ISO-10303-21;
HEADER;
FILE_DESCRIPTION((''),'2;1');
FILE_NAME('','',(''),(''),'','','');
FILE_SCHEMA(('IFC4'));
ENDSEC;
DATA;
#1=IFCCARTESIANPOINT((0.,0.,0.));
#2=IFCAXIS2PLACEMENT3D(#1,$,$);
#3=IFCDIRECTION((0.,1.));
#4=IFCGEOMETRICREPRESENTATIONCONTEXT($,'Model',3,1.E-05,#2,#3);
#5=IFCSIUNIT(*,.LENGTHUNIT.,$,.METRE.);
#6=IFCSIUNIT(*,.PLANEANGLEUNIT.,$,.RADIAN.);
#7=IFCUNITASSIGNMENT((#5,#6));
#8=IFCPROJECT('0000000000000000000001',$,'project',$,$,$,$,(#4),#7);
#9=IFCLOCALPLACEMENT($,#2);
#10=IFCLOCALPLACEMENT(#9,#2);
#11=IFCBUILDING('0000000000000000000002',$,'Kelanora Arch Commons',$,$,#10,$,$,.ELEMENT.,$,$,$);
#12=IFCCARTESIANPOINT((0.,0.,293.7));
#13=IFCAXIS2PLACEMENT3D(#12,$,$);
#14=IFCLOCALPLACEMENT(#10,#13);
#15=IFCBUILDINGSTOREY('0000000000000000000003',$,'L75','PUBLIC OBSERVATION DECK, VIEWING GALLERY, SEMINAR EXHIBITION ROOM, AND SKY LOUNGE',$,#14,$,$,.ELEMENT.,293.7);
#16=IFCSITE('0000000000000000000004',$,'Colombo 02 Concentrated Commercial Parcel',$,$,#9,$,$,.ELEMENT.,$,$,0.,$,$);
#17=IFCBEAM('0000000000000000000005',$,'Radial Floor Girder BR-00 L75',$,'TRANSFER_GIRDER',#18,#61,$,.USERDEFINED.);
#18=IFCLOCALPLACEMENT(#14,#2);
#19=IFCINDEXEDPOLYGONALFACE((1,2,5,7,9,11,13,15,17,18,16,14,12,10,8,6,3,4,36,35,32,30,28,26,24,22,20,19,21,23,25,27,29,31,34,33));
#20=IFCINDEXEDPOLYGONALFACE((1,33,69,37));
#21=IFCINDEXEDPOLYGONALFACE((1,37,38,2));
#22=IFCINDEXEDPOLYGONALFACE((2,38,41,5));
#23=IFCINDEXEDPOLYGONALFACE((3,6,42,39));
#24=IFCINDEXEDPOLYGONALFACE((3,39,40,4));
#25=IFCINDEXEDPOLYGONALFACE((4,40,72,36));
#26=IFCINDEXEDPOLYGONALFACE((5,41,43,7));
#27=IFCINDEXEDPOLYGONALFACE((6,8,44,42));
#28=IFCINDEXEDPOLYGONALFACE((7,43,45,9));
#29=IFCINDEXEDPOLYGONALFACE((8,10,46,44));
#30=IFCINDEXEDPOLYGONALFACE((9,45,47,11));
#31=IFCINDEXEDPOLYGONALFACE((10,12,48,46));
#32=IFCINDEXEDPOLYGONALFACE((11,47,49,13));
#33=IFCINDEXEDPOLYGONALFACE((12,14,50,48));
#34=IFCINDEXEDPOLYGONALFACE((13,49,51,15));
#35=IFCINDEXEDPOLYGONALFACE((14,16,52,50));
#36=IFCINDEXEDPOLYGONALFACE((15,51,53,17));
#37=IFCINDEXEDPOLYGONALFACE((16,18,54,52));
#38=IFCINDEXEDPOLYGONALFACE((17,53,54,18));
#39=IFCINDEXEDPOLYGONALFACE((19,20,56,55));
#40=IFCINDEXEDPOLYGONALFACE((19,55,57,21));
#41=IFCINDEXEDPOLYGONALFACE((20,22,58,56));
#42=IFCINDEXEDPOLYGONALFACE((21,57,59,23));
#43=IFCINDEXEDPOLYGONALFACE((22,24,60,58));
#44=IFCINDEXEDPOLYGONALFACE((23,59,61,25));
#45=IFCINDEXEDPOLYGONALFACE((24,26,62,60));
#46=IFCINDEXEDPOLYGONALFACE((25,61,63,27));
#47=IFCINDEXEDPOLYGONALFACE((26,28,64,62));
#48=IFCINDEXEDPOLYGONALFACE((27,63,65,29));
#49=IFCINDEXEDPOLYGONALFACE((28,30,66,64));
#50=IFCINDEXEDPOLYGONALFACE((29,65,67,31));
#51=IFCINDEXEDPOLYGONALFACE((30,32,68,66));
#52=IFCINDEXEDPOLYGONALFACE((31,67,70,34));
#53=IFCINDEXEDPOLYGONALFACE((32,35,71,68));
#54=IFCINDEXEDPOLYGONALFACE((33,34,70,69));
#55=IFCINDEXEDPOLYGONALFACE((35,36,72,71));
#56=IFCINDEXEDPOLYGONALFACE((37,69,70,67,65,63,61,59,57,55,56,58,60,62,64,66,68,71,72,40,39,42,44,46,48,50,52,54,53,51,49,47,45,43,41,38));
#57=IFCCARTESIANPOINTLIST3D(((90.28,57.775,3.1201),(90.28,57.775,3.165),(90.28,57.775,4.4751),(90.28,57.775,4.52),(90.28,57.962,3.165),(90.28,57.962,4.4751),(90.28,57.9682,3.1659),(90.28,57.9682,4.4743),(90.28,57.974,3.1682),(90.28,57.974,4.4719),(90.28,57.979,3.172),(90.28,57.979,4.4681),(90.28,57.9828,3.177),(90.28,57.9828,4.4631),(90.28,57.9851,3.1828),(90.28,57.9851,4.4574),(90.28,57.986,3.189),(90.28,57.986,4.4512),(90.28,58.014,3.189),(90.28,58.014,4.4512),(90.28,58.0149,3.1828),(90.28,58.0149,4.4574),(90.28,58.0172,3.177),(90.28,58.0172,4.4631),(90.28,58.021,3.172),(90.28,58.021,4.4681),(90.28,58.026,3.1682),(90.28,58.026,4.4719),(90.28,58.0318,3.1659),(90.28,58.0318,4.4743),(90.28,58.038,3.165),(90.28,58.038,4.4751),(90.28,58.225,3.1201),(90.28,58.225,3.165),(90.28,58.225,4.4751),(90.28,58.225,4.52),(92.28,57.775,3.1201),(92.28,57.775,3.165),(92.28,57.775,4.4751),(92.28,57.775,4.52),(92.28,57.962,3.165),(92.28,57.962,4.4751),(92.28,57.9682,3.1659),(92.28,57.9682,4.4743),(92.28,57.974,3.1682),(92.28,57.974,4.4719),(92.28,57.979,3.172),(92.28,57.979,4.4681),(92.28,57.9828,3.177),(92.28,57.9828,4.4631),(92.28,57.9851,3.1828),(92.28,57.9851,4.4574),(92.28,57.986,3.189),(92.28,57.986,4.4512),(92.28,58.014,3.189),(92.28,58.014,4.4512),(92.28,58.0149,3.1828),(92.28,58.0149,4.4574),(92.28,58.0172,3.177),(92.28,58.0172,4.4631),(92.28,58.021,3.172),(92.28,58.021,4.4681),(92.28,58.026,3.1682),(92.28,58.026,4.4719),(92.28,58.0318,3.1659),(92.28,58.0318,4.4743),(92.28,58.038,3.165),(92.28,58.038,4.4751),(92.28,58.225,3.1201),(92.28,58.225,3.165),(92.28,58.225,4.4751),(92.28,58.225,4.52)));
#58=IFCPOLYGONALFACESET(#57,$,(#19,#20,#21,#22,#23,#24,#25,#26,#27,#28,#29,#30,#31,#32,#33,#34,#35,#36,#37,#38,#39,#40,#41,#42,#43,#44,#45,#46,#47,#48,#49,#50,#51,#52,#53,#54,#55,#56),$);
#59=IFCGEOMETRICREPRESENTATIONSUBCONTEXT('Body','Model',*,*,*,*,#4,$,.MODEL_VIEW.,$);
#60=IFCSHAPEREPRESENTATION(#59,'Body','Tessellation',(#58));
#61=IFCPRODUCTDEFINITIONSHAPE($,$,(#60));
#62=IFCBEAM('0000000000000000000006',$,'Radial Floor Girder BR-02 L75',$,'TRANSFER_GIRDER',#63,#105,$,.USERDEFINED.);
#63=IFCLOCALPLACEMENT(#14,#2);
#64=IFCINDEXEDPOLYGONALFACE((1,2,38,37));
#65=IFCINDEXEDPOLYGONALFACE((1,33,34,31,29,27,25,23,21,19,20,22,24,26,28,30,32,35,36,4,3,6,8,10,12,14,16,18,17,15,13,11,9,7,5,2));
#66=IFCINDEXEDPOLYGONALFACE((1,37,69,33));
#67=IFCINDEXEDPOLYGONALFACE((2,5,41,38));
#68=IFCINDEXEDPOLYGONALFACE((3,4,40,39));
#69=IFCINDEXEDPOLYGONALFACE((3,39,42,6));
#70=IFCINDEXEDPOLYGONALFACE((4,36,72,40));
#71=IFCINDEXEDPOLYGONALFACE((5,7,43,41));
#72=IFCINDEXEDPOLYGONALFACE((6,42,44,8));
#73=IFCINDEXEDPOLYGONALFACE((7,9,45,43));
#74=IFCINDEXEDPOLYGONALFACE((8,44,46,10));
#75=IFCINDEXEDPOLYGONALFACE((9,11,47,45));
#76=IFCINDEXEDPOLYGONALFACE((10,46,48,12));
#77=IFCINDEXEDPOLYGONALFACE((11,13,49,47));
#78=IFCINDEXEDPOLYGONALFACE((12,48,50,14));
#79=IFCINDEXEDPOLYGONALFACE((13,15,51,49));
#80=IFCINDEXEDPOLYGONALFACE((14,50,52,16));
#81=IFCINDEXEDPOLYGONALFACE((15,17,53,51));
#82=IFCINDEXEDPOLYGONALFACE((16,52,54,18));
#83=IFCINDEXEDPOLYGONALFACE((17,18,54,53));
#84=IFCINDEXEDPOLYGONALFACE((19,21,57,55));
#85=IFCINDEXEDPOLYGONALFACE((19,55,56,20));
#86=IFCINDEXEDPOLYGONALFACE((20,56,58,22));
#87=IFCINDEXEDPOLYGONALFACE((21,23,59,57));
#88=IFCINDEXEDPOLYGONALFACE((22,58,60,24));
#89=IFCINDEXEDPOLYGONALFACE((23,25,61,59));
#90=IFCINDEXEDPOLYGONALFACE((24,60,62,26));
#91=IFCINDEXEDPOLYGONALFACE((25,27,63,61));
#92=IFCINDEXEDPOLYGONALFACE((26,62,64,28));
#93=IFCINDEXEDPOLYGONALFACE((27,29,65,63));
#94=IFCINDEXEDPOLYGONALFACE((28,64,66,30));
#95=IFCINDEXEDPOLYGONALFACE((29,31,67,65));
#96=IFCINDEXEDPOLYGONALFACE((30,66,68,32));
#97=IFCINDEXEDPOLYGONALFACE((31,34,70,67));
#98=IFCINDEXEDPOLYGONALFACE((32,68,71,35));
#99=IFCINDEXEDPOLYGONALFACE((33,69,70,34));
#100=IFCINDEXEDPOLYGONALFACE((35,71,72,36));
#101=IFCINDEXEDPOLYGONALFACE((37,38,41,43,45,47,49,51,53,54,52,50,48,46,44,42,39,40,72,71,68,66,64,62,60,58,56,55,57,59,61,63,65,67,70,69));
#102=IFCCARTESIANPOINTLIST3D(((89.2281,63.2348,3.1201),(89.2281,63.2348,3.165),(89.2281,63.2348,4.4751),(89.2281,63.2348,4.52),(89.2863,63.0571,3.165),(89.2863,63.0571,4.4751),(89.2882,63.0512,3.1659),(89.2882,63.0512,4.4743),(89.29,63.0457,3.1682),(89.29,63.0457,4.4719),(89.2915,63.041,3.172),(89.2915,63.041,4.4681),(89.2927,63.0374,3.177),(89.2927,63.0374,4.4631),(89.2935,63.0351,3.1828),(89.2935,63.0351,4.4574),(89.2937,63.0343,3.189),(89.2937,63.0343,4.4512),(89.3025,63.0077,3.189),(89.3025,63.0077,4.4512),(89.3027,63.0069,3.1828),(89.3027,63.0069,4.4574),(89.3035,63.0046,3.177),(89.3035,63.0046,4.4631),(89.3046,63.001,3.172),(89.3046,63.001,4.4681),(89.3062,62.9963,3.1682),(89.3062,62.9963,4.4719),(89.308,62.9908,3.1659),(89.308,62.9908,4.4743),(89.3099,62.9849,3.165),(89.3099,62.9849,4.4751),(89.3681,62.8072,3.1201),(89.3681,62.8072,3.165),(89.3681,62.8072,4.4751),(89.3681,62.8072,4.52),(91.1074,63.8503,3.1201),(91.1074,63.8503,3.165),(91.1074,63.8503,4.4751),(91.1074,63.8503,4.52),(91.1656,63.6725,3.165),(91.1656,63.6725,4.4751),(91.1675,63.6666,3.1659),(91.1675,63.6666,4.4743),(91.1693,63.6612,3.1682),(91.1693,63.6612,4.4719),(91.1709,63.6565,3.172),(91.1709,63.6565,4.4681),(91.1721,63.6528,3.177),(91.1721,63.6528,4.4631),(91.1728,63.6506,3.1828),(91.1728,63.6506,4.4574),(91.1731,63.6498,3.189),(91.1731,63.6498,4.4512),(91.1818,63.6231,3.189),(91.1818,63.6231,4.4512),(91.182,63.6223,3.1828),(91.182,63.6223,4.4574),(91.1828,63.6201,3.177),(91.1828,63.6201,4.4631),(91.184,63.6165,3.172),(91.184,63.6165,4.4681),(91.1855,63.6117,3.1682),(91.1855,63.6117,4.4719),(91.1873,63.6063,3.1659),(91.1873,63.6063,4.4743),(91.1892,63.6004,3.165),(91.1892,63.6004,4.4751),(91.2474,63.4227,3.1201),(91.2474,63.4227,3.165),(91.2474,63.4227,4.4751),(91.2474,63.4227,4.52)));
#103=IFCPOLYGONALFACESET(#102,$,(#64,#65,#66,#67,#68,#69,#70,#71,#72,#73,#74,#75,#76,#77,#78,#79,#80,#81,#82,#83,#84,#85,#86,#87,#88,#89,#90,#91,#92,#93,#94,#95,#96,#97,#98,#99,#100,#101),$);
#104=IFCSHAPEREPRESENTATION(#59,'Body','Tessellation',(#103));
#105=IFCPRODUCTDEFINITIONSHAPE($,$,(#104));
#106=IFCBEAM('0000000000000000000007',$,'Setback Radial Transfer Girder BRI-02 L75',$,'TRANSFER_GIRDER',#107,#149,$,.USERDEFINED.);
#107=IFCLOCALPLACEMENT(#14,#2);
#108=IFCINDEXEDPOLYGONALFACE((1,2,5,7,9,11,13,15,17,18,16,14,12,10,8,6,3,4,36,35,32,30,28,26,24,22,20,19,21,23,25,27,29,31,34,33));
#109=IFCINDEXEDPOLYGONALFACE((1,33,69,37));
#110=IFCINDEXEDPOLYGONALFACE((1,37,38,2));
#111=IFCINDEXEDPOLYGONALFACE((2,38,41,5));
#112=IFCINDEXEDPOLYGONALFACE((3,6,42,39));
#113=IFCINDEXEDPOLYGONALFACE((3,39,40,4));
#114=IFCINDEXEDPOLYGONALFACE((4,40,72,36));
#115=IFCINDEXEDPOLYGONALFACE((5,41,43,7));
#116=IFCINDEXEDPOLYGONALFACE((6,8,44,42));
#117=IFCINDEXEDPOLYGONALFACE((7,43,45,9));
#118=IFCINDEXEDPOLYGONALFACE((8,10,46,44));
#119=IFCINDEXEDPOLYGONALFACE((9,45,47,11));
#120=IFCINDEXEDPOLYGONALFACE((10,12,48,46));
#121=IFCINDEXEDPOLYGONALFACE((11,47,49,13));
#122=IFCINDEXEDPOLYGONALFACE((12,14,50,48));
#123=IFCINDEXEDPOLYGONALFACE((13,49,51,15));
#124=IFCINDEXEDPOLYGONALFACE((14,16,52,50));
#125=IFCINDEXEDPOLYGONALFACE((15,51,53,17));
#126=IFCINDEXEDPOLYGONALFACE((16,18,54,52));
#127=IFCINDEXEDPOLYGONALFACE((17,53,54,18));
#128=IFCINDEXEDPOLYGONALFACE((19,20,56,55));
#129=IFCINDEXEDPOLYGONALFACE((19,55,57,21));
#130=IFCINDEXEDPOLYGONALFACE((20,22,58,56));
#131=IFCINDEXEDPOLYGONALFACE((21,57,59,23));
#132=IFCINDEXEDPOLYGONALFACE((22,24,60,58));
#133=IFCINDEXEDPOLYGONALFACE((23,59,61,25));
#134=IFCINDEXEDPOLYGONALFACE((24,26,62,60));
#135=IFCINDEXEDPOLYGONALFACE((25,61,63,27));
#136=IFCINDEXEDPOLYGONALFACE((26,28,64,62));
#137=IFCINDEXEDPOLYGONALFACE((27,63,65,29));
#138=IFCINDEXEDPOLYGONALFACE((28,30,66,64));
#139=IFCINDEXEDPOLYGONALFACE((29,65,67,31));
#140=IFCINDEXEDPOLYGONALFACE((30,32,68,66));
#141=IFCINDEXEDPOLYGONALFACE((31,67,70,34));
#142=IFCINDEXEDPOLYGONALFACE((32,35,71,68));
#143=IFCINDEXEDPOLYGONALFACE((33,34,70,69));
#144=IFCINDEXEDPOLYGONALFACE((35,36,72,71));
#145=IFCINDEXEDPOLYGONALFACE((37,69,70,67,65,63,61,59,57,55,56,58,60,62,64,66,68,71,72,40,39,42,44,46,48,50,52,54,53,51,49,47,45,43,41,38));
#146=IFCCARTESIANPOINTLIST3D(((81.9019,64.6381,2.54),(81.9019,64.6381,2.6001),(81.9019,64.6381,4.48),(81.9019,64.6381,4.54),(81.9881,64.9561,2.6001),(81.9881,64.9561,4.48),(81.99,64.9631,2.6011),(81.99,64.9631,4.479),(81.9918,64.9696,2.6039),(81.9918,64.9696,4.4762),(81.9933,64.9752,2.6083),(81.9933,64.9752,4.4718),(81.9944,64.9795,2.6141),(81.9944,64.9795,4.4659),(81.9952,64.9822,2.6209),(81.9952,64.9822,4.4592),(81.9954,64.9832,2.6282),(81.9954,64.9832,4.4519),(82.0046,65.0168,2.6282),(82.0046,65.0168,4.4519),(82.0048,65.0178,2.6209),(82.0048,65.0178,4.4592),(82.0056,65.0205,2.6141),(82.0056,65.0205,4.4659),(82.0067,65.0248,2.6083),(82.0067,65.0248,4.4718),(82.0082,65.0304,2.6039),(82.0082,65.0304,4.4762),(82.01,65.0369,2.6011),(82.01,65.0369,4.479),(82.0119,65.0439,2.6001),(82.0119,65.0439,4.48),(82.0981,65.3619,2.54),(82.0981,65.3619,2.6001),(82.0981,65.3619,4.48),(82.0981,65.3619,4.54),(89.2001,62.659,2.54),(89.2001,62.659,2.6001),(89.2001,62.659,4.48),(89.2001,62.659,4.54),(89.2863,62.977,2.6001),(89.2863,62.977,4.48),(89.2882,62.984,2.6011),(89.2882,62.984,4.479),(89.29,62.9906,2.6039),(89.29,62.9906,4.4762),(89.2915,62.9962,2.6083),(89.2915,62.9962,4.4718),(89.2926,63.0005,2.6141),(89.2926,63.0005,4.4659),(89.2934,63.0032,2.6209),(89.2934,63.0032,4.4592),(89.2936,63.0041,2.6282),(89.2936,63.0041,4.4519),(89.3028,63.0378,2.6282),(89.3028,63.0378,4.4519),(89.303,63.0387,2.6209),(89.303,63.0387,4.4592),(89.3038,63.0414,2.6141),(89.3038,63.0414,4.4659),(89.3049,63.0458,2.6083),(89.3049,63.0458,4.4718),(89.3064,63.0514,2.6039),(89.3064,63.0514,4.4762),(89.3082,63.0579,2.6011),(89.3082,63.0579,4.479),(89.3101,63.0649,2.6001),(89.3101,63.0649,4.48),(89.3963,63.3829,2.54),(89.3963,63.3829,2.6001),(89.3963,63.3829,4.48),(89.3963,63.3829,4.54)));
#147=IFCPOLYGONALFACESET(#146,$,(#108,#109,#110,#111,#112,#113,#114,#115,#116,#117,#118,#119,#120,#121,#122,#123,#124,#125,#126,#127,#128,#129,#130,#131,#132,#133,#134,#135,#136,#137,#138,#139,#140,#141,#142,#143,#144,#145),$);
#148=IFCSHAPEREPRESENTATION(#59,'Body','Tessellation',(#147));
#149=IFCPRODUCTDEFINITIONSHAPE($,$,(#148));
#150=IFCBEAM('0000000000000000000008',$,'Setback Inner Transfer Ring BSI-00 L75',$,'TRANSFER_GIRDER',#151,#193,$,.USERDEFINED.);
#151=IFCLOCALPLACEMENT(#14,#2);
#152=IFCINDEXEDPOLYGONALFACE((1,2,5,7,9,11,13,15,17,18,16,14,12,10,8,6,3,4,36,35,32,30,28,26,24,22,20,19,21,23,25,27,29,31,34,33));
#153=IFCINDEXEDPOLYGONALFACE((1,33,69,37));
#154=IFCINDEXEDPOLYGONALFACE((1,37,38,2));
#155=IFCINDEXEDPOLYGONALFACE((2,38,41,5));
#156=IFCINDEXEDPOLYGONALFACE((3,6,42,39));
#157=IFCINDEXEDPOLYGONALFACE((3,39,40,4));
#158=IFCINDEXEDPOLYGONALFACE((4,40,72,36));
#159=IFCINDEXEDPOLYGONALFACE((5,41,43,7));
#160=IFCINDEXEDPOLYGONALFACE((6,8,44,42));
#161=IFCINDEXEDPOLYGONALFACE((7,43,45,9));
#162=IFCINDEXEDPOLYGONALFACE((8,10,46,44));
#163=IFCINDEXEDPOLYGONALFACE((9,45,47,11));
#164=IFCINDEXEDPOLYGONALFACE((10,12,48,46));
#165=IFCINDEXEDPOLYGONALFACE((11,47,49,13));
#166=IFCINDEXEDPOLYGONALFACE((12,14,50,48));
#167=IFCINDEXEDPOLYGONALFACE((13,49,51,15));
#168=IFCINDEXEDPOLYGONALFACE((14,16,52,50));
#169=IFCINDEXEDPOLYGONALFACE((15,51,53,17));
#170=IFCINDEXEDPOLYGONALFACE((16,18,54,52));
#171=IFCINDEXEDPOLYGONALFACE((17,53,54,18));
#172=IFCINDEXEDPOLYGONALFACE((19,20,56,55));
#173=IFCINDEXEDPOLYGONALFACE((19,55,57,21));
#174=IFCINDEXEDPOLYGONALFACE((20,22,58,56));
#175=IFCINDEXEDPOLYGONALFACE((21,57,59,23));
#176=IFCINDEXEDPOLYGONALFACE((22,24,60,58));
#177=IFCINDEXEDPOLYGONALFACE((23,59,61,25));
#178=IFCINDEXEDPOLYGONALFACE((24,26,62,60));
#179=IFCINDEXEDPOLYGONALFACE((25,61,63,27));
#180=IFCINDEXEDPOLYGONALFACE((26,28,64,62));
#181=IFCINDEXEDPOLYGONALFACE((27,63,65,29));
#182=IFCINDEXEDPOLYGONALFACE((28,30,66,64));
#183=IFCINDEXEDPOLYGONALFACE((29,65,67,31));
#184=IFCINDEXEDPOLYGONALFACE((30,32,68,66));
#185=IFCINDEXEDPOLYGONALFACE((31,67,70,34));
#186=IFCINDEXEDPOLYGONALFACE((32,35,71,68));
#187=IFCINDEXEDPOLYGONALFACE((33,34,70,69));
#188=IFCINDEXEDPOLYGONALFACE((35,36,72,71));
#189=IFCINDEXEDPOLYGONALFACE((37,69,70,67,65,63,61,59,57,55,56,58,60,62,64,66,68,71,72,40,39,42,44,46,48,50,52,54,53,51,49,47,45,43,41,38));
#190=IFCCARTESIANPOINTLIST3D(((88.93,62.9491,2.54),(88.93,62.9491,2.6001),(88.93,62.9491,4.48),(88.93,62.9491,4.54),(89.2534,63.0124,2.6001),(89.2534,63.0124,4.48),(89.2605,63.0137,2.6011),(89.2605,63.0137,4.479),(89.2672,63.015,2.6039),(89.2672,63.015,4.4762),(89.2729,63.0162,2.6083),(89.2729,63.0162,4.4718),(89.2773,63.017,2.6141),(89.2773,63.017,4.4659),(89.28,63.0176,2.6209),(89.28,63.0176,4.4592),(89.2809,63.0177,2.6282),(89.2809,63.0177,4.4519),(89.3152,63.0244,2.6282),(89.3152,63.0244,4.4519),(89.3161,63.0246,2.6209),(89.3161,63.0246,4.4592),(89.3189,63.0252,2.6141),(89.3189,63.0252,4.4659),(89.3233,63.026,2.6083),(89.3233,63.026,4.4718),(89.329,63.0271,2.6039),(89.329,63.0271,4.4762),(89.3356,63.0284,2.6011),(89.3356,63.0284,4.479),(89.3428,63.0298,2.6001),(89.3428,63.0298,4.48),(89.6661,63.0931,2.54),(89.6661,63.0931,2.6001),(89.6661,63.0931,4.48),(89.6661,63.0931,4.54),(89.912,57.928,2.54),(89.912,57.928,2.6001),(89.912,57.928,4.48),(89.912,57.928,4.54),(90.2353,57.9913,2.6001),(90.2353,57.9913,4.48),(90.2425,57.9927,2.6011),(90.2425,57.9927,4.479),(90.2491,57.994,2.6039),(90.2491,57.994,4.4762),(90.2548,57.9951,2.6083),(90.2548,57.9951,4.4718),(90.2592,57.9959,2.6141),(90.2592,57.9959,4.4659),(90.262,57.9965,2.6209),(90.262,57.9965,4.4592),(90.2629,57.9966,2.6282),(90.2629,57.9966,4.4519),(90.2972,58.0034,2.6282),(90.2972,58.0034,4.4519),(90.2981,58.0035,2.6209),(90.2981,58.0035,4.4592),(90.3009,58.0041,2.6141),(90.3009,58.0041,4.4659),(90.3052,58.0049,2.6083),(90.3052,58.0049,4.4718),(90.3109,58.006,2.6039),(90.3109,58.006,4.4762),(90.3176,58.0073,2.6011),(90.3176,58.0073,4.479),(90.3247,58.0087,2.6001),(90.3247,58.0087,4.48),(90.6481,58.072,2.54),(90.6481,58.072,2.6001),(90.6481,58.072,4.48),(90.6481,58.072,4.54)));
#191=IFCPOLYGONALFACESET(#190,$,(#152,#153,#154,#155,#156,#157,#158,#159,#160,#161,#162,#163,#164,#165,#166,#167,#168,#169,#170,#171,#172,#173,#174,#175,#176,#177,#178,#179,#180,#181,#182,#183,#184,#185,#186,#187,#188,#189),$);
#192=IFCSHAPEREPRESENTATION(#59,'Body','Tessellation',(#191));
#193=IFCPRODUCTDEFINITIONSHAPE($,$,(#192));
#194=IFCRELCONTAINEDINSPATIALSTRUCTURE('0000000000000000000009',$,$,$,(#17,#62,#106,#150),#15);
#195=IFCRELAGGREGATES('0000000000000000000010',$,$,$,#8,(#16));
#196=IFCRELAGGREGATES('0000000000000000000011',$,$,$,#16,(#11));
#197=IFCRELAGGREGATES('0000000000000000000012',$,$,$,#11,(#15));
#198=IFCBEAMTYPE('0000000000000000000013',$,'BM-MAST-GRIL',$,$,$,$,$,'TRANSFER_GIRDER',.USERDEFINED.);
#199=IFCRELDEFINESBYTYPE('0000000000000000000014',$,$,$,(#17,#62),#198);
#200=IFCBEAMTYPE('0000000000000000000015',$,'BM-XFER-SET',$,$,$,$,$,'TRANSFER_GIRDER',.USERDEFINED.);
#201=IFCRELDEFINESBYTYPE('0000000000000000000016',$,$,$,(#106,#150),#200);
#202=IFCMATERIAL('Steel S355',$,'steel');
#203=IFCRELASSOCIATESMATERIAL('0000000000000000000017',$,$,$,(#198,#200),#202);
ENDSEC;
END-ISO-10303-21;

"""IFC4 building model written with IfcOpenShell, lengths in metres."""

from ifc_helpers import new_model, si_unit, direction, frame, origin, origin_2d, place, context, subcontext, project, spatial, i_section, extrude, material, material_profile, profile_set, type_object, element, save


model = new_model("IFC4")

# Units and contexts
model_context = context("Model", 3, precision=1e-05, world=origin(), true_north=direction((0.0, 1.0)))
body_context = subcontext(model_context, "Body", "Model", "MODEL_VIEW")
ifc_project = project(units=[si_unit("LENGTHUNIT", "METRE"), si_unit("PLANEANGLEUNIT", "RADIAN")], contexts=[model_context])

# Site, building, storey
site_placement = place(None, origin())
site = spatial("IfcSite", under=ifc_project, at=site_placement, Name="Colombo 02 Concentrated Commercial Parcel", CompositionType="ELEMENT", RefElevation=0.0)
building_placement = place(site_placement, origin())
building = spatial("IfcBuilding", under=site, at=building_placement, Name="Kelanora Arch Commons", CompositionType="ELEMENT")
storey_placement = place(building_placement, frame((0.0, 0.0, 293.7)))
storey = spatial("IfcBuildingStorey", under=building, at=storey_placement, Name="L75", Description="PUBLIC OBSERVATION DECK, VIEWING GALLERY, SEMINAR EXHIBITION ROOM, AND SKY LOUNGE", CompositionType="ELEMENT", Elevation=293.7)

# Beams
ifc_material_1 = material(Name="Steel S355", Category="steel")
ifc_material_profile_1 = material_profile(ifc_material_1, i_section(OverallWidth=0.45, OverallDepth=1.3999, WebThickness=0.0281, FlangeThickness=0.0449, FilletRadius=0.0239, at=origin_2d()), Name="PG1400x450")
ifc_profile_set_1 = profile_set([ifc_material_profile_1], Name="Steel S355")
beam_type_1 = type_object("IfcBeamType", Name="BM-MAST-GRIL", ElementType="TRANSFER_GIRDER", PredefinedType="USERDEFINED", material=ifc_profile_set_1)
beam_1_placement = place(storey_placement, frame((90.28, 58.0, 3.8201), z_axis=(1.0, 0.0, 0.0), x_axis=(0.0, 1.0, 0.0)))
element("IfcBeam", 1, at=beam_1_placement, inside=storey, type_object=beam_type_1, Name="Radial Floor Girder BR-00 L75", ObjectType="TRANSFER_GIRDER", PredefinedType="USERDEFINED", context=body_context, shape_type="SweptSolid", body=[
    extrude(i_section(OverallWidth=0.45, OverallDepth=1.3999, WebThickness=0.0281, FlangeThickness=0.0449, FilletRadius=0.0239, at=origin_2d()), origin(), (0.0, 0.0, 1.0), 2.0),
])
beam_2_placement = place(storey_placement, frame((89.2981, 63.021, 3.8201), z_axis=(0.950337, 0.311224, 0.0), x_axis=(-0.311224, 0.950337, 0.0)))
element("IfcBeam", 2, at=beam_2_placement, inside=storey, type_object=beam_type_1, Name="Radial Floor Girder BR-02 L75", ObjectType="TRANSFER_GIRDER", PredefinedType="USERDEFINED", context=body_context, shape_type="SweptSolid", body=[
    extrude(i_section(OverallWidth=0.45, OverallDepth=1.3999, WebThickness=0.0281, FlangeThickness=0.0449, FilletRadius=0.0239, at=origin_2d()), origin(), (0.0, 0.0, 1.0), 1.9775),
])
ifc_material_profile_2 = material_profile(ifc_material_1, i_section(OverallWidth=0.75, OverallDepth=2.0, WebThickness=0.0349, FlangeThickness=0.0601, FilletRadius=0.0281, at=origin_2d()), Name="PG2000x750")
ifc_profile_set_2 = profile_set([ifc_material_profile_2], Name="Steel S355")
beam_type_2 = type_object("IfcBeamType", Name="BM-XFER-SET", ElementType="TRANSFER_GIRDER", PredefinedType="USERDEFINED", material=ifc_profile_set_2)
beam_3_placement = place(storey_placement, frame((82.0, 65.0, 3.54), z_axis=(0.965145, -0.261716, 0.0), x_axis=(0.261716, 0.965145, 0.0)))
element("IfcBeam", 3, at=beam_3_placement, inside=storey, type_object=beam_type_2, Name="Setback Radial Transfer Girder BRI-02 L75", ObjectType="TRANSFER_GIRDER", PredefinedType="USERDEFINED", context=body_context, shape_type="SweptSolid", body=[
    extrude(i_section(OverallWidth=0.75, OverallDepth=2.0, WebThickness=0.0349, FlangeThickness=0.0601, FilletRadius=0.0281, at=origin_2d()), origin(), (0.0, 0.0, 1.0), 7.5618),
])
beam_4_placement = place(storey_placement, frame((90.28, 58.0, 3.54), z_axis=(-0.19193, 0.981409, 0.0), x_axis=(-0.981409, -0.19193, 0.0)))
element("IfcBeam", 4, at=beam_4_placement, inside=storey, type_object=beam_type_2, Name="Setback Inner Transfer Ring BSI-00 L75", ObjectType="TRANSFER_GIRDER", PredefinedType="USERDEFINED", context=body_context, shape_type="SweptSolid", body=[
    extrude(i_section(OverallWidth=0.75, OverallDepth=2.0, WebThickness=0.0349, FlangeThickness=0.0601, FilletRadius=0.0281, at=origin_2d()), origin(), (0.0, 0.0, 1.0), 5.1162),
])

save(model, "model.ifc")
